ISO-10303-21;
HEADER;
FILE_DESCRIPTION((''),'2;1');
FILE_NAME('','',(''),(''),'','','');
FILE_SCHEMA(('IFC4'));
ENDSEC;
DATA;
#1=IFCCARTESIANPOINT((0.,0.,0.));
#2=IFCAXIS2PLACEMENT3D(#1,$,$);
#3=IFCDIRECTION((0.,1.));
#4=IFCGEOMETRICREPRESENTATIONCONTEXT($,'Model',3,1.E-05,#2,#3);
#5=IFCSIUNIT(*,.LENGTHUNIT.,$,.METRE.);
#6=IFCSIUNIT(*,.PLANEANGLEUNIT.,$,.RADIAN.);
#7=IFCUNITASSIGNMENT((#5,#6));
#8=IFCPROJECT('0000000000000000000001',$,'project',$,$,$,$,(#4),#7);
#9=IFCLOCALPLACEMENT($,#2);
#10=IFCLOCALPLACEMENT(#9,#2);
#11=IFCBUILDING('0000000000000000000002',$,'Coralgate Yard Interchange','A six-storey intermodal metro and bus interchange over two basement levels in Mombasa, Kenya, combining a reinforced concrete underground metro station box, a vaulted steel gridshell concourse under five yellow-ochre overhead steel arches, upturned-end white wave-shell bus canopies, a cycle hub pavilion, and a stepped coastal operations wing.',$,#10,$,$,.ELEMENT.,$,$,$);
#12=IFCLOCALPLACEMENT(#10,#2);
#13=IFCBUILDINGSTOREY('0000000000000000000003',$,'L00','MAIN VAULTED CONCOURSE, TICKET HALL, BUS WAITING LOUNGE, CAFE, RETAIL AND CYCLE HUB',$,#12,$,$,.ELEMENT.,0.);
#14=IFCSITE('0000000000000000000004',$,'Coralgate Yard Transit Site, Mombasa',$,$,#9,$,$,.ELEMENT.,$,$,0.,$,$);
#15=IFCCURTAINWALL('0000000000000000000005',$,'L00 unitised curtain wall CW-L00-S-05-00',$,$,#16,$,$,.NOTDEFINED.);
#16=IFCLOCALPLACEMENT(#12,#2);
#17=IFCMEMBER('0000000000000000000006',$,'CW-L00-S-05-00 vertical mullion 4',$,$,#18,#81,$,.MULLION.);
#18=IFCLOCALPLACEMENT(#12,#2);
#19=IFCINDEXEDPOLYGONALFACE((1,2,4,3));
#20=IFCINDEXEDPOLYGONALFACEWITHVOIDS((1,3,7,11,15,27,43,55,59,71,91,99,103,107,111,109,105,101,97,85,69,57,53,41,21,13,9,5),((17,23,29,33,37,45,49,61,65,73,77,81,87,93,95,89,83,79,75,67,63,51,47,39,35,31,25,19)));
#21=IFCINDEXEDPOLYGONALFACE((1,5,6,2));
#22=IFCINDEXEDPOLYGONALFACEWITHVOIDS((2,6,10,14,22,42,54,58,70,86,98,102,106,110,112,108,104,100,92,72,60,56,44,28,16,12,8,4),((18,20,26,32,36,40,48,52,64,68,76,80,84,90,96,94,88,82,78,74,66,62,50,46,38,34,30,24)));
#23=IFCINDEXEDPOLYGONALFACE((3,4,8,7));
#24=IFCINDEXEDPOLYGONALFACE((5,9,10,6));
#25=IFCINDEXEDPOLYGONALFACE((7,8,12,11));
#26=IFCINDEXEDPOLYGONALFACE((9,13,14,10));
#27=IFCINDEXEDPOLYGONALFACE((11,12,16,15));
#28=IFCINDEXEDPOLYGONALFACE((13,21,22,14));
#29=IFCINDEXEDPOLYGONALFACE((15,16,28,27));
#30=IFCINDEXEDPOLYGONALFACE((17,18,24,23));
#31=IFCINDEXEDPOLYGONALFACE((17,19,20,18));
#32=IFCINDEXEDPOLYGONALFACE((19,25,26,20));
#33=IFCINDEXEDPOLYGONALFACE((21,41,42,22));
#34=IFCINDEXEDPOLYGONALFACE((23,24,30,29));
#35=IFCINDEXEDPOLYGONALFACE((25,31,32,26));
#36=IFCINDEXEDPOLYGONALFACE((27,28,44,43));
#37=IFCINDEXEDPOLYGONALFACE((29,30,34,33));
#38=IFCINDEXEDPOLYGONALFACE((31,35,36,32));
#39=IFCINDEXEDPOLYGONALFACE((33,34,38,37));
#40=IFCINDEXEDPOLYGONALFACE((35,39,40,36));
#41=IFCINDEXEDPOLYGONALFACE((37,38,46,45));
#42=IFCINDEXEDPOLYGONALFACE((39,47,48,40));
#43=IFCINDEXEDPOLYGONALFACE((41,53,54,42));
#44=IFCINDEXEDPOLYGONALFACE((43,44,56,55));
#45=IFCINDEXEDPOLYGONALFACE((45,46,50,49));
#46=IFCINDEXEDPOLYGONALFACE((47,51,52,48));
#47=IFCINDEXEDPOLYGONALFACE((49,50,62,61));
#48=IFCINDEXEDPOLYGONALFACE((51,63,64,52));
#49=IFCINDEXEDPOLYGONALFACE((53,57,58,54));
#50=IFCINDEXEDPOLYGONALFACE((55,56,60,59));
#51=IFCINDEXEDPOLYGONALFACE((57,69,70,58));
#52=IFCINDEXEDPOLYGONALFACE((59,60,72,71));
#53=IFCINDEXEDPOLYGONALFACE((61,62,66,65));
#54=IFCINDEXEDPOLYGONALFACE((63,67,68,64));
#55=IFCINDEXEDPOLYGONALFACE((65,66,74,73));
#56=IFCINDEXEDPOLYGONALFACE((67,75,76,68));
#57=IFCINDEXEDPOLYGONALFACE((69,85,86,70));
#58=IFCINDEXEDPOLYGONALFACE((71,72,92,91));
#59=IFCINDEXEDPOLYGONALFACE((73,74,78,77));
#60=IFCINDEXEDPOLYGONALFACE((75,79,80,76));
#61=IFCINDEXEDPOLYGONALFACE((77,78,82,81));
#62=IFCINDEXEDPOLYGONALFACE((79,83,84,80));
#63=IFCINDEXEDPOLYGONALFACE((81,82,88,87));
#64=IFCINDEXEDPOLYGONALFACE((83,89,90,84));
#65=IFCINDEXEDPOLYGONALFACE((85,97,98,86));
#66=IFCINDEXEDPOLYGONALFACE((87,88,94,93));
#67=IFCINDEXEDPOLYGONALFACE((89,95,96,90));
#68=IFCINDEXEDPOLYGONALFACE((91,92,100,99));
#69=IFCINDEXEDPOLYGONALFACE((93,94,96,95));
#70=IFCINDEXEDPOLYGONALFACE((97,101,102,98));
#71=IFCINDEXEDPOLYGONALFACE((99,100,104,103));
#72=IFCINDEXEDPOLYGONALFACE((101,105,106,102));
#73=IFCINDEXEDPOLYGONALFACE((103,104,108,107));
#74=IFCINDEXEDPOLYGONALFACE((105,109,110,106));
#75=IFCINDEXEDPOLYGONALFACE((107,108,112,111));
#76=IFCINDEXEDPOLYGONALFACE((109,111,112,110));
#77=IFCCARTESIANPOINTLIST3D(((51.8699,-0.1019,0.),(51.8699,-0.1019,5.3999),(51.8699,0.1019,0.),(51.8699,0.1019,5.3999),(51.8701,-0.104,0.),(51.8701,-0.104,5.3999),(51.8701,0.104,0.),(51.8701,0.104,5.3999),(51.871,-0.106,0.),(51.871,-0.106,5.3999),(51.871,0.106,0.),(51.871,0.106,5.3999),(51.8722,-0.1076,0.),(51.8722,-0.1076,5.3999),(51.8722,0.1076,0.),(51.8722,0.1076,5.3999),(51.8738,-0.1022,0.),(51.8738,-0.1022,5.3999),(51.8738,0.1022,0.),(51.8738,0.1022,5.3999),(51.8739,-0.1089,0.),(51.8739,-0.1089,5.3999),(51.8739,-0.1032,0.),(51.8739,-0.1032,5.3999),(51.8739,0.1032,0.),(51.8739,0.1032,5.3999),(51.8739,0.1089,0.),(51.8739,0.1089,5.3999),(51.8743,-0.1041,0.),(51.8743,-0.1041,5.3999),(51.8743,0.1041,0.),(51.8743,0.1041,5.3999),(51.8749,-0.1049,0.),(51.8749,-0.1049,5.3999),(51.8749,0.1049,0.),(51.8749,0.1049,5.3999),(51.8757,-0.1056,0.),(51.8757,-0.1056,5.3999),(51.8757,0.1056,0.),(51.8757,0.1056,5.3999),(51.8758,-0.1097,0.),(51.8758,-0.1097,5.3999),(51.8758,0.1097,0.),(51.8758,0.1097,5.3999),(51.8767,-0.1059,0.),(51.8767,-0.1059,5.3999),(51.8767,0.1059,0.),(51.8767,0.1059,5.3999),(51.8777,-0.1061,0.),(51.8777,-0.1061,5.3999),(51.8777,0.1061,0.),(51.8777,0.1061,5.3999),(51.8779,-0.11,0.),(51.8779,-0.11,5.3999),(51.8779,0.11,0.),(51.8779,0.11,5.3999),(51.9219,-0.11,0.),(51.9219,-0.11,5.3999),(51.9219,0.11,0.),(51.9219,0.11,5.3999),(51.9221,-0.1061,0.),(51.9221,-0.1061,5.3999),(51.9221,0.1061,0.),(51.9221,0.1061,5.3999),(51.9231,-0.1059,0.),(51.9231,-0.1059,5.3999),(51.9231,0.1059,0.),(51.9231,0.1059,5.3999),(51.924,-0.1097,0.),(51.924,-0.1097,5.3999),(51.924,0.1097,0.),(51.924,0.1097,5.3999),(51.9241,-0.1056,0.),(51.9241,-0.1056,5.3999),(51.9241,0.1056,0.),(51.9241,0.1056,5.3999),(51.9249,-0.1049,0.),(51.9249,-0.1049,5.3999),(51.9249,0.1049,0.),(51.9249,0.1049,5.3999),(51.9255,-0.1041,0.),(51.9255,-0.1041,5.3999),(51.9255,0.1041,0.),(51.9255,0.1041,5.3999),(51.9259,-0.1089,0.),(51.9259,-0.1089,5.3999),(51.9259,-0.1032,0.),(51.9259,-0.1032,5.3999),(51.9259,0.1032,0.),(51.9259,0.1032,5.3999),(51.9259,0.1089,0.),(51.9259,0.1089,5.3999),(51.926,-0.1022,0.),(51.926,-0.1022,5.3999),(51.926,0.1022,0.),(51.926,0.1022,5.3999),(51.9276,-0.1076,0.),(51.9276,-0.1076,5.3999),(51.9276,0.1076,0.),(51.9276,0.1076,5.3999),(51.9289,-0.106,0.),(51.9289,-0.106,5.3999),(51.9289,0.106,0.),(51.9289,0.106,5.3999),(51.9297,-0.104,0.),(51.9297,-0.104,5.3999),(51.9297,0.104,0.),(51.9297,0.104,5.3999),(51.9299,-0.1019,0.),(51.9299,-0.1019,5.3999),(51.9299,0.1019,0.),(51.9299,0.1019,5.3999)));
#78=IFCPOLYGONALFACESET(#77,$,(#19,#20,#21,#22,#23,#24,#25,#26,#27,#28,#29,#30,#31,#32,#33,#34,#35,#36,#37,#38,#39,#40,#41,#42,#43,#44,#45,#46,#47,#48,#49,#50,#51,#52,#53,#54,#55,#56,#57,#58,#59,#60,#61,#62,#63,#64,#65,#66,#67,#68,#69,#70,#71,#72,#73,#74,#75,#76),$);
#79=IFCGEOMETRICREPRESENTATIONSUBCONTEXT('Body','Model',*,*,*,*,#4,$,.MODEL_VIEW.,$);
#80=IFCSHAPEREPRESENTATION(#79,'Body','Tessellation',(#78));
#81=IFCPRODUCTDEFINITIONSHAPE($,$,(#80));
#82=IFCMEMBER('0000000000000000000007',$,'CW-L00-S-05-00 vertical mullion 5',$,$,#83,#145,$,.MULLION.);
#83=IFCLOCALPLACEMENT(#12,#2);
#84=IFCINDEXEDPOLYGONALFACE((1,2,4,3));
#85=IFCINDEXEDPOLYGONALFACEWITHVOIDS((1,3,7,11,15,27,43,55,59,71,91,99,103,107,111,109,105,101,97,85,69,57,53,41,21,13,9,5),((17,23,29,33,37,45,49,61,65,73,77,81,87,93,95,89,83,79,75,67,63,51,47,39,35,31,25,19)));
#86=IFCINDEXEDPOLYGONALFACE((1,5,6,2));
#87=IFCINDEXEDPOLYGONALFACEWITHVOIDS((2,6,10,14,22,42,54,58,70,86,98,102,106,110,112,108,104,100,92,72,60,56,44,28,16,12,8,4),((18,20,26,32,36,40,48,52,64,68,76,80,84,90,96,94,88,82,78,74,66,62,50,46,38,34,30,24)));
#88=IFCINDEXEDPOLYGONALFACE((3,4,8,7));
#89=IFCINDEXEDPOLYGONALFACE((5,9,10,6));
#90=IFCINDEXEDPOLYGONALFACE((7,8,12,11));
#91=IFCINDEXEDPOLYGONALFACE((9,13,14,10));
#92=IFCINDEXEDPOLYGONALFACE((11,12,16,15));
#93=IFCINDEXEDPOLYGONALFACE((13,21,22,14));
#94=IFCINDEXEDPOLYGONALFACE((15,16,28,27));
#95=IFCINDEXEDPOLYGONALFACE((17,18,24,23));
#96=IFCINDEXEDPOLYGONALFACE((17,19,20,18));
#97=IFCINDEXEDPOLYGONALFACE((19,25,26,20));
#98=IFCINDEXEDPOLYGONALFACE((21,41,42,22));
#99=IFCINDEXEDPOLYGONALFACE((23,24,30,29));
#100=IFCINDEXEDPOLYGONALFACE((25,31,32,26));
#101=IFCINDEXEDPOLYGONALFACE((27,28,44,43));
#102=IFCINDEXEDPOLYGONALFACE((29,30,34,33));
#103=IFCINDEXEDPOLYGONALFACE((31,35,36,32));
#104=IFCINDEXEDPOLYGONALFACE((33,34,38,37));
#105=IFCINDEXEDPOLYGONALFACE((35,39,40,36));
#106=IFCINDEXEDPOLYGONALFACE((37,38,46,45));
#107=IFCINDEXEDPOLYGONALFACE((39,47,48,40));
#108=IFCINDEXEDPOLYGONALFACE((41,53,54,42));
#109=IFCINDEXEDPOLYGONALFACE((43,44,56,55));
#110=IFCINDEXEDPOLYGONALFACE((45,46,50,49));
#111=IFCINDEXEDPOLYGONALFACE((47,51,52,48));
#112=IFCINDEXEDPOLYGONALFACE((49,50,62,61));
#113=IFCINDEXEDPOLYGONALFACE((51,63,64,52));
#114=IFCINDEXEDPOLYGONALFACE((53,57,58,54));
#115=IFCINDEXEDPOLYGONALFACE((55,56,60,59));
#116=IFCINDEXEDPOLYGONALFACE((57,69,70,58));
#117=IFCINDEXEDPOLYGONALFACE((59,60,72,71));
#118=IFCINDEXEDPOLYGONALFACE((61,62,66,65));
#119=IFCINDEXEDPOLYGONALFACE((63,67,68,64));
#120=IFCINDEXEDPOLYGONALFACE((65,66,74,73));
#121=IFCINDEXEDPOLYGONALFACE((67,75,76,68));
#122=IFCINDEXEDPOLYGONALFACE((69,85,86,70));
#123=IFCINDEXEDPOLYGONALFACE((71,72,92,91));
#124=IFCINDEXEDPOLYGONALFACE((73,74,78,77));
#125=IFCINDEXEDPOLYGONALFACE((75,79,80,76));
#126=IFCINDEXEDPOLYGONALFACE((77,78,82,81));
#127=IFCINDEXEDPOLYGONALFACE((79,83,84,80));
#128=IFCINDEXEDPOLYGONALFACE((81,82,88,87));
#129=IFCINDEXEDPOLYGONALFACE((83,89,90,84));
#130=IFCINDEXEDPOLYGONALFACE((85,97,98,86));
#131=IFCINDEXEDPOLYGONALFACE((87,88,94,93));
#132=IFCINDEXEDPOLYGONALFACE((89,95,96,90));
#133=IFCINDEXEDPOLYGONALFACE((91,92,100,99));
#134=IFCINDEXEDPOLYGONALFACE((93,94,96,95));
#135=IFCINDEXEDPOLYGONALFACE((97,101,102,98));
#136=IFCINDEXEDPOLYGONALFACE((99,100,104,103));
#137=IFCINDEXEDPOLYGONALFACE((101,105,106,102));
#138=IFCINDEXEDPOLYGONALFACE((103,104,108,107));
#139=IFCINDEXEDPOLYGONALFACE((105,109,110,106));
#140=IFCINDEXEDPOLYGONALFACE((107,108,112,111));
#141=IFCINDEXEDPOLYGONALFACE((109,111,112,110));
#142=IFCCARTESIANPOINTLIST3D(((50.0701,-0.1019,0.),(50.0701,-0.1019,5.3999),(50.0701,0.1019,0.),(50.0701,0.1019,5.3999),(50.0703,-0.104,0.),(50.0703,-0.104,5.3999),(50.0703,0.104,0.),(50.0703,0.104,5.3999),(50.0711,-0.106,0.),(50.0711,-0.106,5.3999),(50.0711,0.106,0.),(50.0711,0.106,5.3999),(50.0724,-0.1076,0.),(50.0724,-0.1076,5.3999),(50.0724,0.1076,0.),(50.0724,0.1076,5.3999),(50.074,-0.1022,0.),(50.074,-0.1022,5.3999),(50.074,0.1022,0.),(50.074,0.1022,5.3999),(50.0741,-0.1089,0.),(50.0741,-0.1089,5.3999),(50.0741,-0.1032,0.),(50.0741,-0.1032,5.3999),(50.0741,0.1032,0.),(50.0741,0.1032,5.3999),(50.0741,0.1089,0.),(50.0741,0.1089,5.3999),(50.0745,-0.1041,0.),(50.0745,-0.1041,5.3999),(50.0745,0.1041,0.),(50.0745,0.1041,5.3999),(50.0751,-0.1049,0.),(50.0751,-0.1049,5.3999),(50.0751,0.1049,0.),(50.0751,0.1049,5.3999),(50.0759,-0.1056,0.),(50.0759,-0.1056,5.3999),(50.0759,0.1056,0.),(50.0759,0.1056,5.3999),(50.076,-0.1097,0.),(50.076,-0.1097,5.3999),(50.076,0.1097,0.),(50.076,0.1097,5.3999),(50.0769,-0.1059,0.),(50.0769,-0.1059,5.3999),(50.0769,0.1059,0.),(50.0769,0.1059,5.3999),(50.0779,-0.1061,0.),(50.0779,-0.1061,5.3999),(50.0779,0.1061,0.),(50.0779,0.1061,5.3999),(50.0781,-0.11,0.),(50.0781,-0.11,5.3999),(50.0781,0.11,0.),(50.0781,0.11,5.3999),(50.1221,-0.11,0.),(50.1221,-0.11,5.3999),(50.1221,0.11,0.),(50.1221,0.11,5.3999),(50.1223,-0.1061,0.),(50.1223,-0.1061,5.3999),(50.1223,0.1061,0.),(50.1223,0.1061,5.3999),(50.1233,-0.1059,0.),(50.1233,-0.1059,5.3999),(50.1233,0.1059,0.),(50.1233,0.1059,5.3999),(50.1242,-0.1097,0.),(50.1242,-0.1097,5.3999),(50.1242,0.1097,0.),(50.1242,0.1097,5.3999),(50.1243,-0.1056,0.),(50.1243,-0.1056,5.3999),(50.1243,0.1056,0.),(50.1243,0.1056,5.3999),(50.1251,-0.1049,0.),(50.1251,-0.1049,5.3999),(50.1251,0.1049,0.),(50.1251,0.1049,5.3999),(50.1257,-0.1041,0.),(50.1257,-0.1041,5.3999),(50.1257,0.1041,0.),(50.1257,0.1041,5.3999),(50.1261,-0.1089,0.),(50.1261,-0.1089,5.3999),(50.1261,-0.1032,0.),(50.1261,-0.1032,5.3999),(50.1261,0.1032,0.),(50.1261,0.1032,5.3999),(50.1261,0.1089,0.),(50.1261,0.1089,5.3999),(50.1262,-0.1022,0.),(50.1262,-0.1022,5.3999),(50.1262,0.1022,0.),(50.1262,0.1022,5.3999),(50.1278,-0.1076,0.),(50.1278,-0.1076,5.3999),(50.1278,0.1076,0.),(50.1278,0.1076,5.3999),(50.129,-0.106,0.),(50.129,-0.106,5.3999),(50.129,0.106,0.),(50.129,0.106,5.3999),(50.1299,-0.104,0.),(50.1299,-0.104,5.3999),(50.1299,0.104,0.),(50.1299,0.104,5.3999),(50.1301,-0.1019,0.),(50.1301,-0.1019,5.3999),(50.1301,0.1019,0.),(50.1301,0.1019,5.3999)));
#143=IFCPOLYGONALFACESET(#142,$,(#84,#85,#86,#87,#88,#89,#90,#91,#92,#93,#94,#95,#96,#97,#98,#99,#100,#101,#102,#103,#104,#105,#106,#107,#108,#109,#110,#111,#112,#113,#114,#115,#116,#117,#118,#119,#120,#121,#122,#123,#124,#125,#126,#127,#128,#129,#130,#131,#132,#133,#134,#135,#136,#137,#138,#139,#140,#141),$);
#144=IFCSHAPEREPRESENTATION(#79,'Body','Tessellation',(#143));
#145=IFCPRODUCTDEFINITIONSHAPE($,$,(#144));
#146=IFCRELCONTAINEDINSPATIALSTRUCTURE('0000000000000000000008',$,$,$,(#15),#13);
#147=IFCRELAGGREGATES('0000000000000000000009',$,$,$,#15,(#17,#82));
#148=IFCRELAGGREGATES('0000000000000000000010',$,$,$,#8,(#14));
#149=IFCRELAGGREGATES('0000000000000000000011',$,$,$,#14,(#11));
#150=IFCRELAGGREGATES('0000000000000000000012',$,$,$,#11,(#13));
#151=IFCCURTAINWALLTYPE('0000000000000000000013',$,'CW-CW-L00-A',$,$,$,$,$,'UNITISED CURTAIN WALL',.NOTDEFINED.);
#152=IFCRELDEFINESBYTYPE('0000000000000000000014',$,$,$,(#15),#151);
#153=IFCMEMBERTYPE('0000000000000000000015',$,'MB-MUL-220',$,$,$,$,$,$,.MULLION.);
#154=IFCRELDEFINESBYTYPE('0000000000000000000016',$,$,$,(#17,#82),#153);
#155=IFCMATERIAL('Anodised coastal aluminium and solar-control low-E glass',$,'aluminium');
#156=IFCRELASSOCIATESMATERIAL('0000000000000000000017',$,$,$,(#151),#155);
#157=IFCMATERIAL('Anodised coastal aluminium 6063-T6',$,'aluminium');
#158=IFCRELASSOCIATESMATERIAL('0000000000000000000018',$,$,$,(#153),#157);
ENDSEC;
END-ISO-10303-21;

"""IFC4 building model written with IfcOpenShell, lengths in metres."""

from ifc_helpers import new_model, si_unit, direction, frame, origin, origin_2d, place, context, subcontext, project, spatial, hollow_rectangle, extrude, material, material_profile, profile_set, type_object, element, aggregate, save


model = new_model("IFC4")

# Units and contexts
model_context = context("Model", 3, precision=1e-05, world=origin(), true_north=direction((0.0, 1.0)))
body_context = subcontext(model_context, "Body", "Model", "MODEL_VIEW")
ifc_project = project(units=[si_unit("LENGTHUNIT", "METRE"), si_unit("PLANEANGLEUNIT", "RADIAN")], contexts=[model_context])

# Site, building, storey
site_placement = place(None, origin())
site = spatial("IfcSite", under=ifc_project, at=site_placement, Name="Coralgate Yard Transit Site, Mombasa", CompositionType="ELEMENT", RefElevation=0.0)
building_placement = place(site_placement, origin())
building = spatial("IfcBuilding", under=site, at=building_placement, Name="Coralgate Yard Interchange", Description="A six-storey intermodal metro and bus interchange over two basement levels in Mombasa, Kenya, combining a reinforced concrete underground metro station box, a vaulted steel gridshell concourse under five yellow-ochre overhead steel arches, upturned-end white wave-shell bus canopies, a cycle hub pavilion, and a stepped coastal operations wing.", CompositionType="ELEMENT")
storey_placement = place(building_placement, origin())
storey = spatial("IfcBuildingStorey", under=building, at=storey_placement, Name="L00", Description="MAIN VAULTED CONCOURSE, TICKET HALL, BUS WAITING LOUNGE, CAFE, RETAIL AND CYCLE HUB", CompositionType="ELEMENT", Elevation=0.0)

# Curtain wall, members
ifc_material_1 = material(Name="Anodised coastal aluminium and solar-control low-E glass", Category="aluminium")
curtain_wall_type = type_object("IfcCurtainWallType", Name="CW-CW-L00-A", ElementType="UNITISED CURTAIN WALL", PredefinedType="NOTDEFINED", material=ifc_material_1)
curtain_wall_placement = place(storey_placement, origin())
curtain_wall = element("IfcCurtainWall", 1, at=curtain_wall_placement, inside=storey, type_object=curtain_wall_type, Name="L00 unitised curtain wall CW-L00-S-05-00", PredefinedType="NOTDEFINED")
ifc_material_2 = material(Name="Anodised coastal aluminium 6063-T6", Category="aluminium")
ifc_material_profile_1 = material_profile(ifc_material_2, hollow_rectangle(XDim=0.0601, YDim=0.22, WallThickness=0.0039, InnerFilletRadius=0.0039, OuterFilletRadius=0.0081, at=origin_2d()), Name="ALU 60x220x4")
ifc_profile_set_1 = profile_set([ifc_material_profile_1], Name="Anodised coastal aluminium 6063-T6")
member_type_1 = type_object("IfcMemberType", Name="MB-MUL-220", PredefinedType="MULLION", material=ifc_profile_set_1)
member_1_placement = place(storey_placement, frame((51.8999, 0.0, 0.0), z_axis=(0.0, 0.0, 1.0), x_axis=(1.0, 0.0, 0.0)))
member_1 = element("IfcMember", 2, at=member_1_placement, type_object=member_type_1, Name="CW-L00-S-05-00 vertical mullion 4", PredefinedType="MULLION", context=body_context, shape_type="SweptSolid", body=[
    extrude(hollow_rectangle(XDim=0.0601, YDim=0.22, WallThickness=0.0039, InnerFilletRadius=0.0039, OuterFilletRadius=0.0081, at=origin_2d()), origin(), (0.0, 0.0, 1.0), 5.3999),
])
member_2_placement = place(storey_placement, frame((50.1001, 0.0, 0.0), z_axis=(0.0, 0.0, 1.0), x_axis=(1.0, 0.0, 0.0)))
member_2 = element("IfcMember", 3, at=member_2_placement, type_object=member_type_1, Name="CW-L00-S-05-00 vertical mullion 5", PredefinedType="MULLION", context=body_context, shape_type="SweptSolid", body=[
    extrude(hollow_rectangle(XDim=0.0601, YDim=0.22, WallThickness=0.0039, InnerFilletRadius=0.0039, OuterFilletRadius=0.0081, at=origin_2d()), origin(), (0.0, 0.0, 1.0), 5.3999),
])
aggregate(curtain_wall, [member_1, member_2])

save(model, "model.ifc")
